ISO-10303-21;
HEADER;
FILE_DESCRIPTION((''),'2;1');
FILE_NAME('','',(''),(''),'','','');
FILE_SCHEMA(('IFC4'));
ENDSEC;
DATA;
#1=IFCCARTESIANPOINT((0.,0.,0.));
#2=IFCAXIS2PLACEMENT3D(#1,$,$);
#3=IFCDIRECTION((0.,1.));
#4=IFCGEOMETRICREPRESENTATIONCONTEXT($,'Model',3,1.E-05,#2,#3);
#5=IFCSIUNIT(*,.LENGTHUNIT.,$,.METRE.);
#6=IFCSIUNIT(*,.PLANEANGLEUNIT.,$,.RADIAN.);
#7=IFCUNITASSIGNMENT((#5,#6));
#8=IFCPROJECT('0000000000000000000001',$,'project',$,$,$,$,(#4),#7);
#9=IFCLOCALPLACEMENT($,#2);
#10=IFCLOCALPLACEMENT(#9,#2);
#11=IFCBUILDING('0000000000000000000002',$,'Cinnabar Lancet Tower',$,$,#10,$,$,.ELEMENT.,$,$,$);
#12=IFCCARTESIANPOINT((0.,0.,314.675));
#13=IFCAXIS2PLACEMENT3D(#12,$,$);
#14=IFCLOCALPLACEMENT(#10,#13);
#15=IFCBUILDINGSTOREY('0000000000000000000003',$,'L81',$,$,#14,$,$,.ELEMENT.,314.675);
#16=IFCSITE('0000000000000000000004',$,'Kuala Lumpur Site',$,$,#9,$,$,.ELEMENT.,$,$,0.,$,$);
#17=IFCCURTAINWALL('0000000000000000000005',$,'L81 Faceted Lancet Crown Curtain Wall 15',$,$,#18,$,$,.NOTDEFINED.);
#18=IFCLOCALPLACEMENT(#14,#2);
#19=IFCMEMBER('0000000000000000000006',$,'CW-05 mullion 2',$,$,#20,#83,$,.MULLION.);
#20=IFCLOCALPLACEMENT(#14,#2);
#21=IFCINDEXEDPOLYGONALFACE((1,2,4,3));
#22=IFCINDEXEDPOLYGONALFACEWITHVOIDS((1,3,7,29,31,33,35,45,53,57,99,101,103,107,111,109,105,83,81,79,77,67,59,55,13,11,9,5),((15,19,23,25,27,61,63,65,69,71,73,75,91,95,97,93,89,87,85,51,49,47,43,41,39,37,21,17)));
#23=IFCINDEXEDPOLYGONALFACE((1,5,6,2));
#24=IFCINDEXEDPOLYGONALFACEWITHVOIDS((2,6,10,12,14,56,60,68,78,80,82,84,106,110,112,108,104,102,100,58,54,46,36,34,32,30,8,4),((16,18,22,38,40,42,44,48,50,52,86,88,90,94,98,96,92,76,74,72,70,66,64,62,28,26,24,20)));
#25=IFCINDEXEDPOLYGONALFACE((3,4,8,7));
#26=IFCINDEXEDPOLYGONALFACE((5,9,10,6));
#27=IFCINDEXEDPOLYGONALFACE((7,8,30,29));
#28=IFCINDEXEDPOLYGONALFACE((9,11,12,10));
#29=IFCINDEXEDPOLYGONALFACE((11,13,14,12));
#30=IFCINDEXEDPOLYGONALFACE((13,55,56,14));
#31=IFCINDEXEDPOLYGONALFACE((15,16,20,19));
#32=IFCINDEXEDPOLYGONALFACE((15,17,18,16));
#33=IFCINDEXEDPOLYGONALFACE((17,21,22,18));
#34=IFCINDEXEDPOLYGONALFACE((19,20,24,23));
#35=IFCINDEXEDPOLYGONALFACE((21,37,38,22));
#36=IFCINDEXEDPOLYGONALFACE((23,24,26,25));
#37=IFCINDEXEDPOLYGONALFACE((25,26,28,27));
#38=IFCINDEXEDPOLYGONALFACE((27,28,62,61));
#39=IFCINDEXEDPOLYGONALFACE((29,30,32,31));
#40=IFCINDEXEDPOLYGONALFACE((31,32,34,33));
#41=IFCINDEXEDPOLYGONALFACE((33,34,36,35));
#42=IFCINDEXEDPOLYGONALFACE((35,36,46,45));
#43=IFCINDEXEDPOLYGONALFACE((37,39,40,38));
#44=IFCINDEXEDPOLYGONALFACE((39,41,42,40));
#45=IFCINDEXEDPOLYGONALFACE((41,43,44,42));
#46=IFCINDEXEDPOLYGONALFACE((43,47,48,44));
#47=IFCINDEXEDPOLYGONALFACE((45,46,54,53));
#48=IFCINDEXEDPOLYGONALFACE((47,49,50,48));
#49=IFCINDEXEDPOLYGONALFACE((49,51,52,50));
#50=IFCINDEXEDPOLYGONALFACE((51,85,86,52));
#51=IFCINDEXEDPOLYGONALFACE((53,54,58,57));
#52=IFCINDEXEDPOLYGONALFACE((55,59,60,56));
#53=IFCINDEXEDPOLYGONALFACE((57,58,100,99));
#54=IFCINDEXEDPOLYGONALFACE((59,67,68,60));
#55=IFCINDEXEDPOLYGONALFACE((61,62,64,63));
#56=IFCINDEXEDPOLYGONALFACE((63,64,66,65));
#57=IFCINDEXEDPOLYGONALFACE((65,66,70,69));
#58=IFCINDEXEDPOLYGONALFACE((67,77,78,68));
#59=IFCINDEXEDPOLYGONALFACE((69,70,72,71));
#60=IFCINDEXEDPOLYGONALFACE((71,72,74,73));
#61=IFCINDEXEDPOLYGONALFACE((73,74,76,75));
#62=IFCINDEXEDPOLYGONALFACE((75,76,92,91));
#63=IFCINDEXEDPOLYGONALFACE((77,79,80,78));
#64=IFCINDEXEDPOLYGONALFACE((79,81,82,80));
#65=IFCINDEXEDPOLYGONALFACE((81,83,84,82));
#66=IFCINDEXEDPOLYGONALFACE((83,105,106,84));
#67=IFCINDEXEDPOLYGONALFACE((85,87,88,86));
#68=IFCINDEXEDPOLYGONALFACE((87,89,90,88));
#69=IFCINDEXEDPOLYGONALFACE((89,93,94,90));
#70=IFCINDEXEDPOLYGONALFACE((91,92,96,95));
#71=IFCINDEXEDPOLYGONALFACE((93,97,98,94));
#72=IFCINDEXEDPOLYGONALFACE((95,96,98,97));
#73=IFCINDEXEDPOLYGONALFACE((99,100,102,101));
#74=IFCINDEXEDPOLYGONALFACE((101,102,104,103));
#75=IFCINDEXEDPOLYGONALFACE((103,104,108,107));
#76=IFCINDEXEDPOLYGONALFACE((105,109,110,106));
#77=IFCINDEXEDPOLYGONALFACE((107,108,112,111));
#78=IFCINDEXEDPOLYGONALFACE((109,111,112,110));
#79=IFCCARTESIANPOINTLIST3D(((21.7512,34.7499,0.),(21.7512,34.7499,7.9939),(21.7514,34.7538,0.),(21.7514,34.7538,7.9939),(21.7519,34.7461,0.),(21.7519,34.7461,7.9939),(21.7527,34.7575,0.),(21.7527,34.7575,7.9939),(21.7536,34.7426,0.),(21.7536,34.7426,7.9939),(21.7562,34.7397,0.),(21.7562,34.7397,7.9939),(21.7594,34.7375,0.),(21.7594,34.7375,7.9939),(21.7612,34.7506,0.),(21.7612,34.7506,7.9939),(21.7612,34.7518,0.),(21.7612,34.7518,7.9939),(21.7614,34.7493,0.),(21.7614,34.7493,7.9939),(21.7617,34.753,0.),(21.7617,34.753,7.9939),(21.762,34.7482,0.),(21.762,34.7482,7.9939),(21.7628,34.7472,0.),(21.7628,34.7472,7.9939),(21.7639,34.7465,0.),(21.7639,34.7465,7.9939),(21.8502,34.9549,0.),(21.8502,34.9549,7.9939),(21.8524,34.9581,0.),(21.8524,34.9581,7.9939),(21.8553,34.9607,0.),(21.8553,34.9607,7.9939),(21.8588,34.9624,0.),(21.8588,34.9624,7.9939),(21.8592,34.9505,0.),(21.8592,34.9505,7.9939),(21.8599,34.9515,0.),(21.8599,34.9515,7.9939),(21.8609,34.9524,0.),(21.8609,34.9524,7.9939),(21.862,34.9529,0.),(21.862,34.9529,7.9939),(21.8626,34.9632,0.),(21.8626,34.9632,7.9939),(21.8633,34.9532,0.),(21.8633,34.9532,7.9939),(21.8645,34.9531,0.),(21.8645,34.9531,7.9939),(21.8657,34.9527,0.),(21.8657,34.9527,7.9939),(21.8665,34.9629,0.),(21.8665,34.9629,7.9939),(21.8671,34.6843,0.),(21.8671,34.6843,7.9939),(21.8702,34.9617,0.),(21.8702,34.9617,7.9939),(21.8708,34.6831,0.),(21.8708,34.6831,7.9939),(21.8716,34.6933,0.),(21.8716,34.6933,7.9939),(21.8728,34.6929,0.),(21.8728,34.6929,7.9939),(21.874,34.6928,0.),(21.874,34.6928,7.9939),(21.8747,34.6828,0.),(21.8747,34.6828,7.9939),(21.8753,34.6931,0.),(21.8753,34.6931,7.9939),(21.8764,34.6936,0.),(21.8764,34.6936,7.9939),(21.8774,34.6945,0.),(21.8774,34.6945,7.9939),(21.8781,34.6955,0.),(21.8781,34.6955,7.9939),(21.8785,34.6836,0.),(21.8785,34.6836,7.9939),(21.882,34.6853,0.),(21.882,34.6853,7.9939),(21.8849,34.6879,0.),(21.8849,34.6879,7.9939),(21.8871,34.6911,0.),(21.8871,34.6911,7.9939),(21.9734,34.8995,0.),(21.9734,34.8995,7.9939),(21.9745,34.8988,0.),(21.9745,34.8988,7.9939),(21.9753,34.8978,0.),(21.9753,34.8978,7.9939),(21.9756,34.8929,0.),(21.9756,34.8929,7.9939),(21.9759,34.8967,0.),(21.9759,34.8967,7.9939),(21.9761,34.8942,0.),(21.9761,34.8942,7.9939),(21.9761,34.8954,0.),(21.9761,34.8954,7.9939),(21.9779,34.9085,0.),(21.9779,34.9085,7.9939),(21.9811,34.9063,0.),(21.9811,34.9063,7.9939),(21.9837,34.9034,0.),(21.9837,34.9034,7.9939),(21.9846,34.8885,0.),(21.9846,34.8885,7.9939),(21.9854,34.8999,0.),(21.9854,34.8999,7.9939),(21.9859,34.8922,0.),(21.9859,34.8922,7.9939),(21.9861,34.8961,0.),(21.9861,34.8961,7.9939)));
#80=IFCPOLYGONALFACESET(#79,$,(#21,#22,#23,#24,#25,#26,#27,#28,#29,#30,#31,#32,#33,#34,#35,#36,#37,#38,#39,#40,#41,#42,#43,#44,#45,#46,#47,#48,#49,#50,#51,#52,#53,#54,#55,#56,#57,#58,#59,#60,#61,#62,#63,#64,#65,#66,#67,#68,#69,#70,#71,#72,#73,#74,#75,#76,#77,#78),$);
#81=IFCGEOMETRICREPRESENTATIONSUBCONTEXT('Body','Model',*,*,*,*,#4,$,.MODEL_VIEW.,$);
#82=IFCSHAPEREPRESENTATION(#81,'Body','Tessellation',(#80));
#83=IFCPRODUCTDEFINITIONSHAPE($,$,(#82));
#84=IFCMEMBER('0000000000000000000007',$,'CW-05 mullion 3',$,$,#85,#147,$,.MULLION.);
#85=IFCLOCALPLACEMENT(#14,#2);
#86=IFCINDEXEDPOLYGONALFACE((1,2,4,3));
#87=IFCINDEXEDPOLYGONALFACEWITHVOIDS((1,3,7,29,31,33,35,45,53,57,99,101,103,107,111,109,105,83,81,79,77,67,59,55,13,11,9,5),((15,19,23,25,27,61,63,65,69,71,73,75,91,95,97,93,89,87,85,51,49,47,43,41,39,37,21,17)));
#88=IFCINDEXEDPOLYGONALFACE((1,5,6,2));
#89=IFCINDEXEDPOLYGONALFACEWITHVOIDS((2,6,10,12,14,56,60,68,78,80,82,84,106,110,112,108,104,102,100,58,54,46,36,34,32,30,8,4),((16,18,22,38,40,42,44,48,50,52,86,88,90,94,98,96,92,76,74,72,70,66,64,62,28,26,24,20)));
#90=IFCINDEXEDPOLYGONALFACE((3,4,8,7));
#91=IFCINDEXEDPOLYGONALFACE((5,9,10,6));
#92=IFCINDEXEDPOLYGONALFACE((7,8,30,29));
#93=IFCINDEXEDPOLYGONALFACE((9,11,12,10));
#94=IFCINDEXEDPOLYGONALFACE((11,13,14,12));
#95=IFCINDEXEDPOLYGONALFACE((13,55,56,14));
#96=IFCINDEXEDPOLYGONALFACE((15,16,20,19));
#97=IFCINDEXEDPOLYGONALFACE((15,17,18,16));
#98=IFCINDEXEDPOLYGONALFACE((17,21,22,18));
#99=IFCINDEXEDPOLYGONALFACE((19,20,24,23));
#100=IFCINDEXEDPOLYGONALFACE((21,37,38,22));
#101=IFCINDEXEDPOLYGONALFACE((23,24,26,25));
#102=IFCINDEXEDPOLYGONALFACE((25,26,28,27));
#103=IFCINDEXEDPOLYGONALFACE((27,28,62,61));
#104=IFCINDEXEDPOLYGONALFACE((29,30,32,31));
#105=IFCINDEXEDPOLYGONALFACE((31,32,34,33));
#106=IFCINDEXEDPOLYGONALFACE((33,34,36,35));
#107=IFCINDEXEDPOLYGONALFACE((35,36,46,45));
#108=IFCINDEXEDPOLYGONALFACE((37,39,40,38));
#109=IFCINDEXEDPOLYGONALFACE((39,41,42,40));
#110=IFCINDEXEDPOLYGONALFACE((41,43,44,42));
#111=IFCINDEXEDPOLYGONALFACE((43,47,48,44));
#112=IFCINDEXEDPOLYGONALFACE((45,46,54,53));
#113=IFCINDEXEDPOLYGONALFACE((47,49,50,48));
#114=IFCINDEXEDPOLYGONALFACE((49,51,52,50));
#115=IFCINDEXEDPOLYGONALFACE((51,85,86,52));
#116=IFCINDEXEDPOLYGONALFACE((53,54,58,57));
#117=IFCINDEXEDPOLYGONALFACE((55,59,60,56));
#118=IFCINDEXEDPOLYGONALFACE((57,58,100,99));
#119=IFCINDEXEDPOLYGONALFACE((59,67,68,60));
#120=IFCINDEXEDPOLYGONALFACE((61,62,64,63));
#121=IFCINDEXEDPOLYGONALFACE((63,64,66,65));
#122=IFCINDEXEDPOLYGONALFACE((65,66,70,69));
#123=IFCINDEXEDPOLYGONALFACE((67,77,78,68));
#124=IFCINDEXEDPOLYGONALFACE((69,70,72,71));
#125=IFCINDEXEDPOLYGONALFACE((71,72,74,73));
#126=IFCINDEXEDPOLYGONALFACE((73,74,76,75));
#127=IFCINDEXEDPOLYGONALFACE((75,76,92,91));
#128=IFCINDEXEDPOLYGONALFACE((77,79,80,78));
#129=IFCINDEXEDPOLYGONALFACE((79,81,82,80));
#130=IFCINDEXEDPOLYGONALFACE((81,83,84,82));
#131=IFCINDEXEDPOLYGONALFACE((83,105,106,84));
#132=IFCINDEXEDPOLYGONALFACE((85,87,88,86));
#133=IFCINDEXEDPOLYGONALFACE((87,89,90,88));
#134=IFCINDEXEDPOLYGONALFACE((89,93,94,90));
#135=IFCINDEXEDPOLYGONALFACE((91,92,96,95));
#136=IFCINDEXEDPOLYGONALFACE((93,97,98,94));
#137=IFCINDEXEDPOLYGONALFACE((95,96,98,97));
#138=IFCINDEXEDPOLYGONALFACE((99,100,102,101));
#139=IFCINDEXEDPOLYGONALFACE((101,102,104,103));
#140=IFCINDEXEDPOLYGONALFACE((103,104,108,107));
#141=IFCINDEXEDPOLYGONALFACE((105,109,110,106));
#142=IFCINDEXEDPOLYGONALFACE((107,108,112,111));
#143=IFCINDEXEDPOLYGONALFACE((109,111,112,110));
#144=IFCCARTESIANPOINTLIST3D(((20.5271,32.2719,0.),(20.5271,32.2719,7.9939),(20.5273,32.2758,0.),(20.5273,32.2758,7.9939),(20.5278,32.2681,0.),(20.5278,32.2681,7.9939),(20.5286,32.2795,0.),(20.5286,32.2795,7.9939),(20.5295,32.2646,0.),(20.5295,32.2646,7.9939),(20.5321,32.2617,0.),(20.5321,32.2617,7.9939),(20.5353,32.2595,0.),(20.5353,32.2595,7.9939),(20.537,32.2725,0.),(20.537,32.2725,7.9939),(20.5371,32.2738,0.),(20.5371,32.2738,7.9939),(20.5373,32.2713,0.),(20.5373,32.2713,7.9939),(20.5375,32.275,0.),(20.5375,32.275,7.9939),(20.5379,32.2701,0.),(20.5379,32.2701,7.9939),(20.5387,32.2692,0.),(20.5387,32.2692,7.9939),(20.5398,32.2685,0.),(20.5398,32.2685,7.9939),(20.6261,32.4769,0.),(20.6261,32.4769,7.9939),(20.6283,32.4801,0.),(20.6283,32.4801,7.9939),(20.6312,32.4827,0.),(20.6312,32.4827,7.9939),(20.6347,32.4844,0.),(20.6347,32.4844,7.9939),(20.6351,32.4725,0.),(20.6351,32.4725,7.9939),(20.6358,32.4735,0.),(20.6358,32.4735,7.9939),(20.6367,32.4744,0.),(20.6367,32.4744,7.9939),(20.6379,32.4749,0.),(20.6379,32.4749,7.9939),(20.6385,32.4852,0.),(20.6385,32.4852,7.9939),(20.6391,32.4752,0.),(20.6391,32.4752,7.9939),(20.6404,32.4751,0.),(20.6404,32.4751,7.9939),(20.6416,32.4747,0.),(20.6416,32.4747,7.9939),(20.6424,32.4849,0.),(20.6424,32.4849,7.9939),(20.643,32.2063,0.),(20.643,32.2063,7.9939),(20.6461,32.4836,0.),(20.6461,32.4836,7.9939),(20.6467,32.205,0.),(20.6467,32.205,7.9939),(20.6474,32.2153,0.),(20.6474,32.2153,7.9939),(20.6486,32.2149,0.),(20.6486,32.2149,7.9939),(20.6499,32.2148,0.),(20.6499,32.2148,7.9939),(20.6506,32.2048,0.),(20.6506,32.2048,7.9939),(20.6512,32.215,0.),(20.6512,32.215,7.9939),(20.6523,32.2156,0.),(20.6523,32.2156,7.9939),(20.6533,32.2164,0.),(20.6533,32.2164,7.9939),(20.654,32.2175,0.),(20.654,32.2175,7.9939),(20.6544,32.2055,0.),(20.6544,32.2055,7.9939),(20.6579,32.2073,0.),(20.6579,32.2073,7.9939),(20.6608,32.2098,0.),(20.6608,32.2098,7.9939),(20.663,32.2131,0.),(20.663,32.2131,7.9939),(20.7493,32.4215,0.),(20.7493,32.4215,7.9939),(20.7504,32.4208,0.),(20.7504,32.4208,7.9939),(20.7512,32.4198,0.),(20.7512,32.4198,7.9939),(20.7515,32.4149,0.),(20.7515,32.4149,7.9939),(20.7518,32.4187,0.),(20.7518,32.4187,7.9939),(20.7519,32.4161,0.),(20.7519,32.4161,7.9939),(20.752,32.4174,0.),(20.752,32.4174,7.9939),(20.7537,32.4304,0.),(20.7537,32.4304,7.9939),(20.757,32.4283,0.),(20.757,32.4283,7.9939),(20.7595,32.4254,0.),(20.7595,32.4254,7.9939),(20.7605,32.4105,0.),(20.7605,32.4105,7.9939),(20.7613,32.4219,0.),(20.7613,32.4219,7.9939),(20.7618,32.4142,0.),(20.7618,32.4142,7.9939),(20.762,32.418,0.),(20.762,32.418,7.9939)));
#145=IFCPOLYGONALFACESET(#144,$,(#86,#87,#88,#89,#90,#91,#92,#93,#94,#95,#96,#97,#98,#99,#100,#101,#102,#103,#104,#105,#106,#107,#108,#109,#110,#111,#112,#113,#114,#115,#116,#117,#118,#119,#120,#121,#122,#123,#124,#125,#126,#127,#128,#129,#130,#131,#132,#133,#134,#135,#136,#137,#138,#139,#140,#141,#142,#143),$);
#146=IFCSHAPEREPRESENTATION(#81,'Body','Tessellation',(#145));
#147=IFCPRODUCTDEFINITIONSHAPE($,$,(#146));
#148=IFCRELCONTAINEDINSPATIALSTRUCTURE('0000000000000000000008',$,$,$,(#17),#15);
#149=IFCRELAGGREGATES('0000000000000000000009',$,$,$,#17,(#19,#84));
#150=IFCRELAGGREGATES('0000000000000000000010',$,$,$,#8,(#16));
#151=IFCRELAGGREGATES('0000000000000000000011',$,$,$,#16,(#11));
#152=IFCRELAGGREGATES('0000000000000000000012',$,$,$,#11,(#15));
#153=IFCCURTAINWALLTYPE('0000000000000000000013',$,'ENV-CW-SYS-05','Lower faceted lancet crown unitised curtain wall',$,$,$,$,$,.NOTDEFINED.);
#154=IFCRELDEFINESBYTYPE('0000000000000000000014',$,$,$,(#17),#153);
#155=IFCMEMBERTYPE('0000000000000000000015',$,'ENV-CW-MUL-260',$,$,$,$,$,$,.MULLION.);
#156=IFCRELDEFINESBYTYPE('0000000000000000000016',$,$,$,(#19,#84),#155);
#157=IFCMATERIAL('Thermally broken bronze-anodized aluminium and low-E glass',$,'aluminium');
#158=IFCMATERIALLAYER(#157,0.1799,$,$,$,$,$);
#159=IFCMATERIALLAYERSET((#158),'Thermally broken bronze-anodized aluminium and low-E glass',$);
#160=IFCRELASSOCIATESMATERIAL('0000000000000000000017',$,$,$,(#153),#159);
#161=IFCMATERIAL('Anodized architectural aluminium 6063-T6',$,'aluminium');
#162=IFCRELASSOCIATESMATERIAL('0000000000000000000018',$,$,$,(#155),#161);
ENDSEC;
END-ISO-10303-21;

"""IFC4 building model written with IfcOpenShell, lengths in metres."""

from ifc_helpers import new_model, si_unit, direction, frame, origin, origin_2d, place, context, subcontext, project, spatial, hollow_rectangle, extrude, material, layer, layer_set, material_profile, profile_set, type_object, element, aggregate, save


model = new_model("IFC4")

# Units and contexts
model_context = context("Model", 3, precision=1e-05, world=origin(), true_north=direction((0.0, 1.0)))
body_context = subcontext(model_context, "Body", "Model", "MODEL_VIEW")
ifc_project = project(units=[si_unit("LENGTHUNIT", "METRE"), si_unit("PLANEANGLEUNIT", "RADIAN")], contexts=[model_context])

# Site, building, storey
site_placement = place(None, origin())
site = spatial("IfcSite", under=ifc_project, at=site_placement, Name="Kuala Lumpur Site", CompositionType="ELEMENT", RefElevation=0.0)
building_placement = place(site_placement, origin())
building = spatial("IfcBuilding", under=site, at=building_placement, Name="Cinnabar Lancet Tower", CompositionType="ELEMENT")
storey_placement = place(building_placement, frame((0.0, 0.0, 314.675)))
storey = spatial("IfcBuildingStorey", under=building, at=storey_placement, Name="L81", CompositionType="ELEMENT", Elevation=314.675)

# Shared definitions
ifc_material_1 = material(Name="Thermally broken bronze-anodized aluminium and low-E glass", Category="aluminium")
ifc_layer_1 = layer(ifc_material_1, 0.1799)
ifc_layer_set_1 = layer_set([ifc_layer_1], Name="Thermally broken bronze-anodized aluminium and low-E glass")
curtain_wall_type = type_object("IfcCurtainWallType", Name="ENV-CW-SYS-05", Description="Lower faceted lancet crown unitised curtain wall", PredefinedType="NOTDEFINED", material=ifc_layer_set_1)
ifc_material_2 = material(Name="Anodized architectural aluminium 6063-T6", Category="aluminium")
ifc_material_profile_1 = material_profile(ifc_material_2, hollow_rectangle(XDim=0.1499, YDim=0.25, WallThickness=0.01, InnerFilletRadius=0.0049, OuterFilletRadius=0.0149, at=origin_2d()), Name="RHS 250x150x10")
ifc_profile_set_1 = profile_set([ifc_material_profile_1], Name="Anodized architectural aluminium 6063-T6")
member_type_1 = type_object("IfcMemberType", Name="ENV-CW-MUL-260", PredefinedType="MULLION", material=ifc_profile_set_1)

# Curtain wall, members
curtain_wall_1_placement = place(storey_placement, origin())
curtain_wall_1 = element("IfcCurtainWall", 1, at=curtain_wall_1_placement, inside=storey, type_object=curtain_wall_type, Name="L81 Faceted Lancet Crown Curtain Wall 15", PredefinedType="NOTDEFINED")
member_1_placement = place(storey_placement, frame((21.8687, 34.823, 0.0), z_axis=(0.0, 0.0, 1.0), x_axis=(0.896552, -0.442939, 0.0)))
member_1 = element("IfcMember", 2, at=member_1_placement, type_object=member_type_1, Name="CW-05 mullion 2", PredefinedType="MULLION", context=body_context, shape_type="SweptSolid", body=[
    extrude(hollow_rectangle(XDim=0.1499, YDim=0.25, WallThickness=0.01, InnerFilletRadius=0.0049, OuterFilletRadius=0.0149, at=origin_2d()), origin(), (0.0, 0.0, 1.0), 7.9939),
])
member_2_placement = place(storey_placement, frame((20.6445, 32.345, 0.0), z_axis=(0.0, 0.0, 1.0), x_axis=(0.896552, -0.442939, 0.0)))
member_2 = element("IfcMember", 3, at=member_2_placement, type_object=member_type_1, Name="CW-05 mullion 3", PredefinedType="MULLION", context=body_context, shape_type="SweptSolid", body=[
    extrude(hollow_rectangle(XDim=0.1499, YDim=0.25, WallThickness=0.01, InnerFilletRadius=0.0049, OuterFilletRadius=0.0149, at=origin_2d()), origin(), (0.0, 0.0, 1.0), 7.9939),
])
aggregate(curtain_wall_1, [member_1, member_2])

save(model, "model.ifc")
